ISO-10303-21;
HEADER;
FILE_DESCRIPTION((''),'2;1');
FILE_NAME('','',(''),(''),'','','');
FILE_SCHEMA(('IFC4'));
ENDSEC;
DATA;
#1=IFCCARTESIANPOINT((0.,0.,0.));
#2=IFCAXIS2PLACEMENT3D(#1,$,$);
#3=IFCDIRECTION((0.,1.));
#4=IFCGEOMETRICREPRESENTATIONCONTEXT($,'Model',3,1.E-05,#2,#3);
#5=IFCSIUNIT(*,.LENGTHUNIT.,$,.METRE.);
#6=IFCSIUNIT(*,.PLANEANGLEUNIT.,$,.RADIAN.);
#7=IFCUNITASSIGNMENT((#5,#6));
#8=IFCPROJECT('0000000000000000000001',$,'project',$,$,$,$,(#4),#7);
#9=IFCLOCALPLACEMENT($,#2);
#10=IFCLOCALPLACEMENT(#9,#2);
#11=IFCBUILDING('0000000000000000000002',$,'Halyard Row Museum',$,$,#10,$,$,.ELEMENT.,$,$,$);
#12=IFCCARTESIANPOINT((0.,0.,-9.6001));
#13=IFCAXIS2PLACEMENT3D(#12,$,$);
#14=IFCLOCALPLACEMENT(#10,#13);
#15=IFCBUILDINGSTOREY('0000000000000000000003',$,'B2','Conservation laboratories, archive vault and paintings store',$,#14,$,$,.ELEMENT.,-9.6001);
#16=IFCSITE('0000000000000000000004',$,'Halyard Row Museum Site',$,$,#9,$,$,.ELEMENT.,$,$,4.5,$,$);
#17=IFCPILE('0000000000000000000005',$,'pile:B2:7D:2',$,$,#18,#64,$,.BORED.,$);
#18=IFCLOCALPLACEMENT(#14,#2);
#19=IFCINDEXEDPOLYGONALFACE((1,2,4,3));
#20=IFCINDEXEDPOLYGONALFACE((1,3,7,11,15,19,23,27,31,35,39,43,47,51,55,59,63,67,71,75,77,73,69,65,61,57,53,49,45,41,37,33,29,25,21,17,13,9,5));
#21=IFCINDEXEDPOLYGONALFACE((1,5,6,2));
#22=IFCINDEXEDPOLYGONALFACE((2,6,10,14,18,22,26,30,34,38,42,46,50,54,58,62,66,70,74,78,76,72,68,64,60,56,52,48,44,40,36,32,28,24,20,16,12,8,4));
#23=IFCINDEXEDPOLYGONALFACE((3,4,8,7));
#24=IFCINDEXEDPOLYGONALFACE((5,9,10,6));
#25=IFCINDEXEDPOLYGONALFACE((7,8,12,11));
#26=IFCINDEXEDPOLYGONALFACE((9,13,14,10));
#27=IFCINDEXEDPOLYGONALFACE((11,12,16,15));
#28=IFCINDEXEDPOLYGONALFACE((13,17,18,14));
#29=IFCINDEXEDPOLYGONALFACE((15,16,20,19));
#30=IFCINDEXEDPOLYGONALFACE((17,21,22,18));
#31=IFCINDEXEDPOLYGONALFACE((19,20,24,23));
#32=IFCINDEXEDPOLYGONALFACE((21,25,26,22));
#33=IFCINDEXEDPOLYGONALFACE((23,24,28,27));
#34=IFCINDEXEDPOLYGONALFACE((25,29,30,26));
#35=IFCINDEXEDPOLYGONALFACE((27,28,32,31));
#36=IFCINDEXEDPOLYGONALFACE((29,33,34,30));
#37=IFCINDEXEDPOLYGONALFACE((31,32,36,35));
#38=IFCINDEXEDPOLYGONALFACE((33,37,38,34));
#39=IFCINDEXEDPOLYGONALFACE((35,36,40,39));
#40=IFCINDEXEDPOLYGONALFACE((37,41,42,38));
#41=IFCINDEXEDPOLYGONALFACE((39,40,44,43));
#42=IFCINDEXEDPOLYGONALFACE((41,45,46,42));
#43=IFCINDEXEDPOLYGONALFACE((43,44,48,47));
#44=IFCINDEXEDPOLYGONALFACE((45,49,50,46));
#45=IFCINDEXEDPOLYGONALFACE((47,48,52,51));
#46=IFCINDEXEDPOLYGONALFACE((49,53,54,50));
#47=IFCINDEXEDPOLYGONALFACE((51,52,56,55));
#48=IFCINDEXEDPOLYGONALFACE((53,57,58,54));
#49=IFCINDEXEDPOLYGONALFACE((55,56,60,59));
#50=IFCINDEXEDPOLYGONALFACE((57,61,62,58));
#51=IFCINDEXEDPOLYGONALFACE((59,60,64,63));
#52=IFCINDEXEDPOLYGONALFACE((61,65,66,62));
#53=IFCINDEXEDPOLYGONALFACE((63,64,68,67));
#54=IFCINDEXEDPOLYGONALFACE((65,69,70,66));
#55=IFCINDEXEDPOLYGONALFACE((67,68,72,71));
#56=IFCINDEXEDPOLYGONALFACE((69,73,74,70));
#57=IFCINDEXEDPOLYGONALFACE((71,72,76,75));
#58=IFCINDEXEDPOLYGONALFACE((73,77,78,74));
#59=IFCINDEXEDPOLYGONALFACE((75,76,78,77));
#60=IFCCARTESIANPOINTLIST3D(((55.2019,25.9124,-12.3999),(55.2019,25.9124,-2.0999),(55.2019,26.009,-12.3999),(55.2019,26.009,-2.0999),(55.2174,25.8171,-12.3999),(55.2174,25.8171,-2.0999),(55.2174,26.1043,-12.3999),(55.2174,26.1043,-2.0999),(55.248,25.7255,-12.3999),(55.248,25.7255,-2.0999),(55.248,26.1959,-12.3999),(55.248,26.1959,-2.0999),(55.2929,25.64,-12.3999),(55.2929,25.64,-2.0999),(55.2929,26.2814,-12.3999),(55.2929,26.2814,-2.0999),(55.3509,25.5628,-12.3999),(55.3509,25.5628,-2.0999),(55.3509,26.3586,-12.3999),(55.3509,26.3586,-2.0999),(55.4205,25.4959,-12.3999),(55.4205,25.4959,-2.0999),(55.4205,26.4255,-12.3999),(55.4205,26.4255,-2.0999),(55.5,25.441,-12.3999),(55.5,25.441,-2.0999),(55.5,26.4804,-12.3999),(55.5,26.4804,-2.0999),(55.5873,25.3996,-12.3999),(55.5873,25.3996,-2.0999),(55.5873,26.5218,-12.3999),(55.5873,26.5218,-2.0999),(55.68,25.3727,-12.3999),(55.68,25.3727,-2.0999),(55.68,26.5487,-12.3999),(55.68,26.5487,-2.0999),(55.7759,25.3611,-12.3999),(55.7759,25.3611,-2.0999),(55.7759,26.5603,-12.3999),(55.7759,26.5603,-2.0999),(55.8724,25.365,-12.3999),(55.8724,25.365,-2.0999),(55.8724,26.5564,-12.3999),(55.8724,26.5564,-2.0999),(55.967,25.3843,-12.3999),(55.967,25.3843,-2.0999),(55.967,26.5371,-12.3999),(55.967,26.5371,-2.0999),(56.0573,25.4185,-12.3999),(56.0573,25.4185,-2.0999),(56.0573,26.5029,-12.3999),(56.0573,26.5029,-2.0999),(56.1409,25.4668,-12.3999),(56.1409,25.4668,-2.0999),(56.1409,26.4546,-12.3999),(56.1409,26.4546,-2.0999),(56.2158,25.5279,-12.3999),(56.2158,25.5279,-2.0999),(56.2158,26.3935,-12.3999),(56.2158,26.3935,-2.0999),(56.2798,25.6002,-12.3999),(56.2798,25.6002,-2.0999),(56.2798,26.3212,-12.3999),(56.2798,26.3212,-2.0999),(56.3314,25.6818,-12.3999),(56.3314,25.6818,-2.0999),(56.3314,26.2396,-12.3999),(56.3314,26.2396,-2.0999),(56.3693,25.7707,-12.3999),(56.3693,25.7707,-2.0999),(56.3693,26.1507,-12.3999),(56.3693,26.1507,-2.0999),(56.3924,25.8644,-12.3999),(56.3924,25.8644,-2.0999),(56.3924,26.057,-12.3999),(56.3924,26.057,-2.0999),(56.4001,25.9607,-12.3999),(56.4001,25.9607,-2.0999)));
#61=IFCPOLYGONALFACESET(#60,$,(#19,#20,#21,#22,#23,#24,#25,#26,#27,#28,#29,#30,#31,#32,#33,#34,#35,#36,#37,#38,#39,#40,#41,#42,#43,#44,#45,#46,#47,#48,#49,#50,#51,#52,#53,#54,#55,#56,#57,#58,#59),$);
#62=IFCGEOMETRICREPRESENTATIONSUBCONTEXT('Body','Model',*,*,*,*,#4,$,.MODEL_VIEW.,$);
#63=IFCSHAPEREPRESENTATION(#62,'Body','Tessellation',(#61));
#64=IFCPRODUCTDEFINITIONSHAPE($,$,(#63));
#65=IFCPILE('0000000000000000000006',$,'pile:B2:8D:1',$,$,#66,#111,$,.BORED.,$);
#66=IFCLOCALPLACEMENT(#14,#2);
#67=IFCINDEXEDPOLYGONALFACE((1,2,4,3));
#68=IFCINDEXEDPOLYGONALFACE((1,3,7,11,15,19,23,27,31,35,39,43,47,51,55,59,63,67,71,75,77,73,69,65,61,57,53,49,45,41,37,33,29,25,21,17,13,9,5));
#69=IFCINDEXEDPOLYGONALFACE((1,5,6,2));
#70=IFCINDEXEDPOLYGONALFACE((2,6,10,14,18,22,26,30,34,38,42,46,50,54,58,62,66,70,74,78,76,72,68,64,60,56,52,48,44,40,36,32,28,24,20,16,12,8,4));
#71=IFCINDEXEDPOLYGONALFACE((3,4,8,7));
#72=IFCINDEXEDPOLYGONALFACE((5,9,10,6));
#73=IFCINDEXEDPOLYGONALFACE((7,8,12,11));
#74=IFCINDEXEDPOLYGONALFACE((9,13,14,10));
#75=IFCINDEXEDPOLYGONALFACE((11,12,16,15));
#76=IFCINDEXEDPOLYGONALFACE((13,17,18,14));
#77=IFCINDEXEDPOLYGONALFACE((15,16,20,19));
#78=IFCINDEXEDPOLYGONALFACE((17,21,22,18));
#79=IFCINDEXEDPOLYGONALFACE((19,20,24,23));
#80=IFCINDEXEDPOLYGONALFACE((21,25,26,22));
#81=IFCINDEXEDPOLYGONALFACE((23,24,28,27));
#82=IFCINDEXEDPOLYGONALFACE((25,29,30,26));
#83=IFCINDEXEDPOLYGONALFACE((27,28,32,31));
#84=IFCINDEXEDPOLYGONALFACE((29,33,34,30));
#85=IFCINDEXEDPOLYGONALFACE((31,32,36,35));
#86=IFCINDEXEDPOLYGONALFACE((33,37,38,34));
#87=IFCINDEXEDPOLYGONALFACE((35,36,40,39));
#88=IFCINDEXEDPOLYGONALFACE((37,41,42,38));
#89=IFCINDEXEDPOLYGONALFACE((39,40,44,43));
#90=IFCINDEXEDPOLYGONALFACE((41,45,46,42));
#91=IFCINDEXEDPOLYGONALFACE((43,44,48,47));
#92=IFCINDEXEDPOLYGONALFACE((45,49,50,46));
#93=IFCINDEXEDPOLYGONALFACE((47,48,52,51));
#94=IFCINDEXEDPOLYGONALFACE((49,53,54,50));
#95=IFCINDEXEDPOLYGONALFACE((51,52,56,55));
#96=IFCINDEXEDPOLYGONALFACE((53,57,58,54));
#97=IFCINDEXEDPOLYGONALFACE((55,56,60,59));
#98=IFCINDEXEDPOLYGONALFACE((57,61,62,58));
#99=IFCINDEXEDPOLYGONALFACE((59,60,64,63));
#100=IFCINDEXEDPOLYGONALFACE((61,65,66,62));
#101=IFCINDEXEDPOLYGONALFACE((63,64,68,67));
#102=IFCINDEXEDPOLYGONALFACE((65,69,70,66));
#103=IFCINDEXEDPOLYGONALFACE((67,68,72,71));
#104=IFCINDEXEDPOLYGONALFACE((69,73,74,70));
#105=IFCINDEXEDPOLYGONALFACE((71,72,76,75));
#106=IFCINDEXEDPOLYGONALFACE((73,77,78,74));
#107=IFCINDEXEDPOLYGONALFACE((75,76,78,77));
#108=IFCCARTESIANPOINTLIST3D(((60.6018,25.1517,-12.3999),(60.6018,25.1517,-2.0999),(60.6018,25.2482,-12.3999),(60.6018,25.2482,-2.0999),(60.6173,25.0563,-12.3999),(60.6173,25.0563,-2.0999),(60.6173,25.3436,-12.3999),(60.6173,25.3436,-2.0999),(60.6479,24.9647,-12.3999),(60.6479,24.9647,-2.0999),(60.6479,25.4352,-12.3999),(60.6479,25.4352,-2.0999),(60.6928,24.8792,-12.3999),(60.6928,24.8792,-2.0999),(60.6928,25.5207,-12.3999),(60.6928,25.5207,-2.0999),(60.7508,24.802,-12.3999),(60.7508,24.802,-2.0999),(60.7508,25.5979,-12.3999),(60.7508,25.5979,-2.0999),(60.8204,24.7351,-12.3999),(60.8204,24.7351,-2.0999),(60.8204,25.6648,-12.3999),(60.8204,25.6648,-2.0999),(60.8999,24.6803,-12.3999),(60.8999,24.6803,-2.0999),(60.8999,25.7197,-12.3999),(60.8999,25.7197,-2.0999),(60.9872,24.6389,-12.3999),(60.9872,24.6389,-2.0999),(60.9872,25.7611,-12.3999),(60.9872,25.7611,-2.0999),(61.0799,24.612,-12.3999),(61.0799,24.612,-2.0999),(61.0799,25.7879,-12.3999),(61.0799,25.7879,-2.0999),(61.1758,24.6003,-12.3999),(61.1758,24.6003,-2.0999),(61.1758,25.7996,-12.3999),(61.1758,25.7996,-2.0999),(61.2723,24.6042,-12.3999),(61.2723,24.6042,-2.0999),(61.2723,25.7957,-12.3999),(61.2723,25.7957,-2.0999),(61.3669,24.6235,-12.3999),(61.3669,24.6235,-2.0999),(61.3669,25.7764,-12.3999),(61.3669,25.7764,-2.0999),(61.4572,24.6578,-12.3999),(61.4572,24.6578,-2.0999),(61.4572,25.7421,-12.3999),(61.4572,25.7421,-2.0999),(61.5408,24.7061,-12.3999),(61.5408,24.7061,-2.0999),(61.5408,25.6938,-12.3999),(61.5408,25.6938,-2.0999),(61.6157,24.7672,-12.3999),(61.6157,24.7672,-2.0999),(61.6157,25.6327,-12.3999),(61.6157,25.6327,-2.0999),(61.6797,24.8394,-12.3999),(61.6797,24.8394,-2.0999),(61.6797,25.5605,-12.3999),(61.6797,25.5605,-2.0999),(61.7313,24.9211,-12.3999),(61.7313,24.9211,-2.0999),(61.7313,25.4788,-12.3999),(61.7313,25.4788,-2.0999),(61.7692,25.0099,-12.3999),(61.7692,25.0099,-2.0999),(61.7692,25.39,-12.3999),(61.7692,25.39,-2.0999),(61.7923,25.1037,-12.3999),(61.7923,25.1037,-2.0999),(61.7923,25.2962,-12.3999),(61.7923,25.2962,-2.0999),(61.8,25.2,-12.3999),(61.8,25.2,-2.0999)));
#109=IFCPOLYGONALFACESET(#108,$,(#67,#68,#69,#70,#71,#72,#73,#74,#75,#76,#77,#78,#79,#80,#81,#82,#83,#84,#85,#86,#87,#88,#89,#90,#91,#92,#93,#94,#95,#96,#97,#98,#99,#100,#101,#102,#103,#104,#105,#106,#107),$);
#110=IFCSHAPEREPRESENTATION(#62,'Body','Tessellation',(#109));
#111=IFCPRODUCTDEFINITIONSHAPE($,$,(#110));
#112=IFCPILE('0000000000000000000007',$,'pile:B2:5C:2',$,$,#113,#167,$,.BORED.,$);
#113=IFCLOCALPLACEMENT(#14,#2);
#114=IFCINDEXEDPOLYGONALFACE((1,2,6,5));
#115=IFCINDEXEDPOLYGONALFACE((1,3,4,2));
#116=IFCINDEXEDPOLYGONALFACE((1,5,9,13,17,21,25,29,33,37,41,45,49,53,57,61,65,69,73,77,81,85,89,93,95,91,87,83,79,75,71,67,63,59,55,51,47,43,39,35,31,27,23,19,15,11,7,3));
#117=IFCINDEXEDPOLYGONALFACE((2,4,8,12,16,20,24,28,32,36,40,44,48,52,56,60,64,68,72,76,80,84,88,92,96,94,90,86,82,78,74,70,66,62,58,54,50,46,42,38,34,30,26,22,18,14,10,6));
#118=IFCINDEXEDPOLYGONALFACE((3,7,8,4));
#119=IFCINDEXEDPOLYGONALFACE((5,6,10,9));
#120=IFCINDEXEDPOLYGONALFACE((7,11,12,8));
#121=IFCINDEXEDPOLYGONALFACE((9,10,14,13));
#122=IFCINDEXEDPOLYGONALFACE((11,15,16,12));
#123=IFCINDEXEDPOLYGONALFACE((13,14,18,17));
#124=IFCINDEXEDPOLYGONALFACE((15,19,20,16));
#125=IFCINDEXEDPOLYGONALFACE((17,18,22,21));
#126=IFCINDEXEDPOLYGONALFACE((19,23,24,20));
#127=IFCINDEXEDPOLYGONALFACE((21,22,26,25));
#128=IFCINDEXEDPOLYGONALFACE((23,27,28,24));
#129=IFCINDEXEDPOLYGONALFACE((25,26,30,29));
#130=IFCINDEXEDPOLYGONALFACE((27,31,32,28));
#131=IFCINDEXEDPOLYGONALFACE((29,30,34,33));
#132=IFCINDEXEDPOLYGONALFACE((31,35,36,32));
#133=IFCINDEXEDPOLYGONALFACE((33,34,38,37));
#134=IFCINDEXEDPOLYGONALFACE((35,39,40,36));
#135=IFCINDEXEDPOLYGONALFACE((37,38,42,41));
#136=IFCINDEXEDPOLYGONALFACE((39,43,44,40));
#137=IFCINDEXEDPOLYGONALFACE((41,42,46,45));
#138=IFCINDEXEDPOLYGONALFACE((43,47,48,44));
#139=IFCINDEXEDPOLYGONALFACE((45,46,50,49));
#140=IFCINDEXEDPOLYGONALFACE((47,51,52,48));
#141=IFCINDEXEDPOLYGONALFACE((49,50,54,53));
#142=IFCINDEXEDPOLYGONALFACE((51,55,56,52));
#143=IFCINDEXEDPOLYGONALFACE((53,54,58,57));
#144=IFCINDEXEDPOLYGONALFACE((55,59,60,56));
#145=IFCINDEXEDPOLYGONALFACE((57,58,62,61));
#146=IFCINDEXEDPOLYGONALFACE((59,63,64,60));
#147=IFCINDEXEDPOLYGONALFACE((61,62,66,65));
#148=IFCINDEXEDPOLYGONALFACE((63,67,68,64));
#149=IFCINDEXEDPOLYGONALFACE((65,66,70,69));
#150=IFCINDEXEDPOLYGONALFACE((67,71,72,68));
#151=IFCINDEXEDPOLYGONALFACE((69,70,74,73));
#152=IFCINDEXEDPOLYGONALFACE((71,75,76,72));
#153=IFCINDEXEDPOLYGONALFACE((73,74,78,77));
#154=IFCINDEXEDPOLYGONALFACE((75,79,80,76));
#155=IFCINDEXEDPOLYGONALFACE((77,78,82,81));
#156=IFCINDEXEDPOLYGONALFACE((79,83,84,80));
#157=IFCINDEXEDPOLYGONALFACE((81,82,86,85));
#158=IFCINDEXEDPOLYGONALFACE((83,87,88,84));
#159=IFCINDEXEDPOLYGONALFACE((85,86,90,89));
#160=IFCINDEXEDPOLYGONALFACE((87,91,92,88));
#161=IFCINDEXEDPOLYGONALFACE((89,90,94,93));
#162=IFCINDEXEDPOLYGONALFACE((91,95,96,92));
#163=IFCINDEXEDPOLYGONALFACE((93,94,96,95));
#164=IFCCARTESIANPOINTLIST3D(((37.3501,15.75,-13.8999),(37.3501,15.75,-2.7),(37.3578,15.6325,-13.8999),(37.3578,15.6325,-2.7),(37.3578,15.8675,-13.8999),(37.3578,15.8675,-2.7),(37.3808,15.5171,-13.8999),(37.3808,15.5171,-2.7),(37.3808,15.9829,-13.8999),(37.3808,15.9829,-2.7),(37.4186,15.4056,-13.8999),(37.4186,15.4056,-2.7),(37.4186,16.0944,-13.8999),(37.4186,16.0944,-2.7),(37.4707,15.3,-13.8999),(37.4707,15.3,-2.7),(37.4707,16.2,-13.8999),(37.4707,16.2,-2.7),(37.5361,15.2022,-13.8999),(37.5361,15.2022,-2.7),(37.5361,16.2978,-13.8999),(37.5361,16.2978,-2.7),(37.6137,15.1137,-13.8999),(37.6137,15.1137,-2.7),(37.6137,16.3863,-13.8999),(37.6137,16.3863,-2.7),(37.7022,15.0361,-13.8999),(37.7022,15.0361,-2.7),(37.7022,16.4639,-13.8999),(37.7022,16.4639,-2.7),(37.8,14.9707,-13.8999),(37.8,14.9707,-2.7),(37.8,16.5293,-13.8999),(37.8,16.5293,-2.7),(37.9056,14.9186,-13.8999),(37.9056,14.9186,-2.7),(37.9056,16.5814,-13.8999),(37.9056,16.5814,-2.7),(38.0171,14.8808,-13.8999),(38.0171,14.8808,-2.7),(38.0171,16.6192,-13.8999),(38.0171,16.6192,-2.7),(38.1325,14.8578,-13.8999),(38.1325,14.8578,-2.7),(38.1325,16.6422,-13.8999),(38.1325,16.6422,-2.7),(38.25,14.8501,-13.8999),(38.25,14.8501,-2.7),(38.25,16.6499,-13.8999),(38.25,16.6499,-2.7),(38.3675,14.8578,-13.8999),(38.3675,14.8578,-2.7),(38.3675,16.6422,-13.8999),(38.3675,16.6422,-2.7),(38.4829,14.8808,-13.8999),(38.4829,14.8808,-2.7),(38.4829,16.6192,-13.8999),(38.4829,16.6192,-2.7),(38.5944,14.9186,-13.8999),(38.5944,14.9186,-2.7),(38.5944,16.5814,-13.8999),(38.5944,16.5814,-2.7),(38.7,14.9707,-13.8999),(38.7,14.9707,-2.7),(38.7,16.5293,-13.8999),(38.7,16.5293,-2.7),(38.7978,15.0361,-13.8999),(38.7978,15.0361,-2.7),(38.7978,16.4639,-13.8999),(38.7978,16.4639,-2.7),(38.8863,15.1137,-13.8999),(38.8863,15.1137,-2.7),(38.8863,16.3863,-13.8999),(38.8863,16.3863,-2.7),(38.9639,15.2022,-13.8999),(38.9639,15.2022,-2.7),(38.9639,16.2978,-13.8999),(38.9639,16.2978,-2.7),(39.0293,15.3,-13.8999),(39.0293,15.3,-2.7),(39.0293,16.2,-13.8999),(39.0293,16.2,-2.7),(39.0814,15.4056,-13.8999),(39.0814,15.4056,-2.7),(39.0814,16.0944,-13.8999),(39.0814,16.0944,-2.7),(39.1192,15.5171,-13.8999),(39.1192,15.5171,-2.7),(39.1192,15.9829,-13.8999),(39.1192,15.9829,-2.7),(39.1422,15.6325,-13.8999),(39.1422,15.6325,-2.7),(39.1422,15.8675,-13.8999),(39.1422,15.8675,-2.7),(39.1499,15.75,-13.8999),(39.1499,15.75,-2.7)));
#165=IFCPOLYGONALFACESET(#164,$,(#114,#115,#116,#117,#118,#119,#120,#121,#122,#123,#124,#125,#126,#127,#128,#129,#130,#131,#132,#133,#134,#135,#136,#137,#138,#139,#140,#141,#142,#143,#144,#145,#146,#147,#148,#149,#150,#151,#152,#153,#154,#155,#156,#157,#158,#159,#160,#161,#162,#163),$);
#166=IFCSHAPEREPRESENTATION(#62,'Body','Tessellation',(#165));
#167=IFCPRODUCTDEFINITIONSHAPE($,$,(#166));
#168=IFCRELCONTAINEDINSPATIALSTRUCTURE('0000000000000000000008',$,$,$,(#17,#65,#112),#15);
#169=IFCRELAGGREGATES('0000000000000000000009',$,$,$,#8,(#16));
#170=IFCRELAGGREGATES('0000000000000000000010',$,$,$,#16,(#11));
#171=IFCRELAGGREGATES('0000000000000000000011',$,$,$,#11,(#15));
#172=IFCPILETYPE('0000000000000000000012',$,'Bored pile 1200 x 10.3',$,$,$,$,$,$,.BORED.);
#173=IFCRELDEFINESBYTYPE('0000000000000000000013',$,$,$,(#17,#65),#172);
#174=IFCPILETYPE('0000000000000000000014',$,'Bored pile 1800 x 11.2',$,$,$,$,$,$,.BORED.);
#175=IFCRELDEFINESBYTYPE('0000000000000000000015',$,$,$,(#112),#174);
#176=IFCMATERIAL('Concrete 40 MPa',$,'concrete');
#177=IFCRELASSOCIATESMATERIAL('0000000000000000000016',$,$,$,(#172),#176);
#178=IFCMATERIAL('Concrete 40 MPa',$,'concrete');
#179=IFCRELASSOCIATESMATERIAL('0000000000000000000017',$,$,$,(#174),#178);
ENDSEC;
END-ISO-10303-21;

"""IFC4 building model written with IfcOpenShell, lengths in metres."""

from ifc_helpers import new_model, si_unit, direction, frame, origin, origin_2d, place, context, subcontext, project, spatial, circle, extrude, material, material_profile, profile_set, type_object, element, save


model = new_model("IFC4")

# Units and contexts
model_context = context("Model", 3, precision=1e-05, world=origin(), true_north=direction((0.0, 1.0)))
body_context = subcontext(model_context, "Body", "Model", "MODEL_VIEW")
ifc_project = project(units=[si_unit("LENGTHUNIT", "METRE"), si_unit("PLANEANGLEUNIT", "RADIAN")], contexts=[model_context])

# Site, building, storey
site_placement = place(None, origin())
site = spatial("IfcSite", under=ifc_project, at=site_placement, Name="Halyard Row Museum Site", CompositionType="ELEMENT", RefElevation=4.5)
building_placement = place(site_placement, origin())
building = spatial("IfcBuilding", under=site, at=building_placement, Name="Halyard Row Museum", CompositionType="ELEMENT")
storey_placement = place(building_placement, frame((0.0, 0.0, -9.6001)))
storey = spatial("IfcBuildingStorey", under=building, at=storey_placement, Name="B2", Description="Conservation laboratories, archive vault and paintings store", CompositionType="ELEMENT", Elevation=-9.6001)

# Piles
ifc_material_1 = material(Name="Concrete 40 MPa", Category="concrete")
ifc_material_profile_1 = material_profile(ifc_material_1, circle(Radius=0.6001, at=origin_2d()), Name="Bored pile 1200 x 10.3")
ifc_profile_set_1 = profile_set([ifc_material_profile_1], Name="Concrete 40 MPa")
pile_type_1 = type_object("IfcPileType", Name="Bored pile 1200 x 10.3", PredefinedType="BORED", material=ifc_profile_set_1)
for number, where, z_axis, x_axis, name in (
    (1, (55.8, 25.9607, -2.0999), (0.0, 0.0, -1.0), (1.0, 0.0, 0.0), "pile:B2:7D:2"),
    (2, (61.2, 25.2, -2.0999), (0.0, 0.0, -1.0), (1.0, 0.0, 0.0), "pile:B2:8D:1"),
):
    element("IfcPile", number, at=place(storey_placement, frame(where, z_axis=z_axis, x_axis=x_axis)), inside=storey, type_object=pile_type_1, Name=name, PredefinedType="BORED", context=body_context, shape_type="SweptSolid", body=[
        extrude(circle(Radius=0.6001, at=origin_2d()), origin(), (0.0, 0.0, 1.0), 10.3),
    ])
ifc_material_2 = material(Name="Concrete 40 MPa", Category="concrete")
ifc_material_profile_2 = material_profile(ifc_material_2, circle(Radius=0.8999, at=origin_2d()), Name="Bored pile 1800 x 11.2")
ifc_profile_set_2 = profile_set([ifc_material_profile_2], Name="Concrete 40 MPa")
pile_type_2 = type_object("IfcPileType", Name="Bored pile 1800 x 11.2", PredefinedType="BORED", material=ifc_profile_set_2)
for number, where, z_axis, x_axis, name in (
    (3, (38.25, 15.75, -2.7), (0.0, 0.0, -1.0), (1.0, 0.0, 0.0), "pile:B2:5C:2"),
):
    element("IfcPile", number, at=place(storey_placement, frame(where, z_axis=z_axis, x_axis=x_axis)), inside=storey, type_object=pile_type_2, Name=name, PredefinedType="BORED", context=body_context, shape_type="SweptSolid", body=[
        extrude(circle(Radius=0.8999, at=origin_2d()), origin(), (0.0, 0.0, 1.0), 11.2),
    ])

save(model, "model.ifc")
